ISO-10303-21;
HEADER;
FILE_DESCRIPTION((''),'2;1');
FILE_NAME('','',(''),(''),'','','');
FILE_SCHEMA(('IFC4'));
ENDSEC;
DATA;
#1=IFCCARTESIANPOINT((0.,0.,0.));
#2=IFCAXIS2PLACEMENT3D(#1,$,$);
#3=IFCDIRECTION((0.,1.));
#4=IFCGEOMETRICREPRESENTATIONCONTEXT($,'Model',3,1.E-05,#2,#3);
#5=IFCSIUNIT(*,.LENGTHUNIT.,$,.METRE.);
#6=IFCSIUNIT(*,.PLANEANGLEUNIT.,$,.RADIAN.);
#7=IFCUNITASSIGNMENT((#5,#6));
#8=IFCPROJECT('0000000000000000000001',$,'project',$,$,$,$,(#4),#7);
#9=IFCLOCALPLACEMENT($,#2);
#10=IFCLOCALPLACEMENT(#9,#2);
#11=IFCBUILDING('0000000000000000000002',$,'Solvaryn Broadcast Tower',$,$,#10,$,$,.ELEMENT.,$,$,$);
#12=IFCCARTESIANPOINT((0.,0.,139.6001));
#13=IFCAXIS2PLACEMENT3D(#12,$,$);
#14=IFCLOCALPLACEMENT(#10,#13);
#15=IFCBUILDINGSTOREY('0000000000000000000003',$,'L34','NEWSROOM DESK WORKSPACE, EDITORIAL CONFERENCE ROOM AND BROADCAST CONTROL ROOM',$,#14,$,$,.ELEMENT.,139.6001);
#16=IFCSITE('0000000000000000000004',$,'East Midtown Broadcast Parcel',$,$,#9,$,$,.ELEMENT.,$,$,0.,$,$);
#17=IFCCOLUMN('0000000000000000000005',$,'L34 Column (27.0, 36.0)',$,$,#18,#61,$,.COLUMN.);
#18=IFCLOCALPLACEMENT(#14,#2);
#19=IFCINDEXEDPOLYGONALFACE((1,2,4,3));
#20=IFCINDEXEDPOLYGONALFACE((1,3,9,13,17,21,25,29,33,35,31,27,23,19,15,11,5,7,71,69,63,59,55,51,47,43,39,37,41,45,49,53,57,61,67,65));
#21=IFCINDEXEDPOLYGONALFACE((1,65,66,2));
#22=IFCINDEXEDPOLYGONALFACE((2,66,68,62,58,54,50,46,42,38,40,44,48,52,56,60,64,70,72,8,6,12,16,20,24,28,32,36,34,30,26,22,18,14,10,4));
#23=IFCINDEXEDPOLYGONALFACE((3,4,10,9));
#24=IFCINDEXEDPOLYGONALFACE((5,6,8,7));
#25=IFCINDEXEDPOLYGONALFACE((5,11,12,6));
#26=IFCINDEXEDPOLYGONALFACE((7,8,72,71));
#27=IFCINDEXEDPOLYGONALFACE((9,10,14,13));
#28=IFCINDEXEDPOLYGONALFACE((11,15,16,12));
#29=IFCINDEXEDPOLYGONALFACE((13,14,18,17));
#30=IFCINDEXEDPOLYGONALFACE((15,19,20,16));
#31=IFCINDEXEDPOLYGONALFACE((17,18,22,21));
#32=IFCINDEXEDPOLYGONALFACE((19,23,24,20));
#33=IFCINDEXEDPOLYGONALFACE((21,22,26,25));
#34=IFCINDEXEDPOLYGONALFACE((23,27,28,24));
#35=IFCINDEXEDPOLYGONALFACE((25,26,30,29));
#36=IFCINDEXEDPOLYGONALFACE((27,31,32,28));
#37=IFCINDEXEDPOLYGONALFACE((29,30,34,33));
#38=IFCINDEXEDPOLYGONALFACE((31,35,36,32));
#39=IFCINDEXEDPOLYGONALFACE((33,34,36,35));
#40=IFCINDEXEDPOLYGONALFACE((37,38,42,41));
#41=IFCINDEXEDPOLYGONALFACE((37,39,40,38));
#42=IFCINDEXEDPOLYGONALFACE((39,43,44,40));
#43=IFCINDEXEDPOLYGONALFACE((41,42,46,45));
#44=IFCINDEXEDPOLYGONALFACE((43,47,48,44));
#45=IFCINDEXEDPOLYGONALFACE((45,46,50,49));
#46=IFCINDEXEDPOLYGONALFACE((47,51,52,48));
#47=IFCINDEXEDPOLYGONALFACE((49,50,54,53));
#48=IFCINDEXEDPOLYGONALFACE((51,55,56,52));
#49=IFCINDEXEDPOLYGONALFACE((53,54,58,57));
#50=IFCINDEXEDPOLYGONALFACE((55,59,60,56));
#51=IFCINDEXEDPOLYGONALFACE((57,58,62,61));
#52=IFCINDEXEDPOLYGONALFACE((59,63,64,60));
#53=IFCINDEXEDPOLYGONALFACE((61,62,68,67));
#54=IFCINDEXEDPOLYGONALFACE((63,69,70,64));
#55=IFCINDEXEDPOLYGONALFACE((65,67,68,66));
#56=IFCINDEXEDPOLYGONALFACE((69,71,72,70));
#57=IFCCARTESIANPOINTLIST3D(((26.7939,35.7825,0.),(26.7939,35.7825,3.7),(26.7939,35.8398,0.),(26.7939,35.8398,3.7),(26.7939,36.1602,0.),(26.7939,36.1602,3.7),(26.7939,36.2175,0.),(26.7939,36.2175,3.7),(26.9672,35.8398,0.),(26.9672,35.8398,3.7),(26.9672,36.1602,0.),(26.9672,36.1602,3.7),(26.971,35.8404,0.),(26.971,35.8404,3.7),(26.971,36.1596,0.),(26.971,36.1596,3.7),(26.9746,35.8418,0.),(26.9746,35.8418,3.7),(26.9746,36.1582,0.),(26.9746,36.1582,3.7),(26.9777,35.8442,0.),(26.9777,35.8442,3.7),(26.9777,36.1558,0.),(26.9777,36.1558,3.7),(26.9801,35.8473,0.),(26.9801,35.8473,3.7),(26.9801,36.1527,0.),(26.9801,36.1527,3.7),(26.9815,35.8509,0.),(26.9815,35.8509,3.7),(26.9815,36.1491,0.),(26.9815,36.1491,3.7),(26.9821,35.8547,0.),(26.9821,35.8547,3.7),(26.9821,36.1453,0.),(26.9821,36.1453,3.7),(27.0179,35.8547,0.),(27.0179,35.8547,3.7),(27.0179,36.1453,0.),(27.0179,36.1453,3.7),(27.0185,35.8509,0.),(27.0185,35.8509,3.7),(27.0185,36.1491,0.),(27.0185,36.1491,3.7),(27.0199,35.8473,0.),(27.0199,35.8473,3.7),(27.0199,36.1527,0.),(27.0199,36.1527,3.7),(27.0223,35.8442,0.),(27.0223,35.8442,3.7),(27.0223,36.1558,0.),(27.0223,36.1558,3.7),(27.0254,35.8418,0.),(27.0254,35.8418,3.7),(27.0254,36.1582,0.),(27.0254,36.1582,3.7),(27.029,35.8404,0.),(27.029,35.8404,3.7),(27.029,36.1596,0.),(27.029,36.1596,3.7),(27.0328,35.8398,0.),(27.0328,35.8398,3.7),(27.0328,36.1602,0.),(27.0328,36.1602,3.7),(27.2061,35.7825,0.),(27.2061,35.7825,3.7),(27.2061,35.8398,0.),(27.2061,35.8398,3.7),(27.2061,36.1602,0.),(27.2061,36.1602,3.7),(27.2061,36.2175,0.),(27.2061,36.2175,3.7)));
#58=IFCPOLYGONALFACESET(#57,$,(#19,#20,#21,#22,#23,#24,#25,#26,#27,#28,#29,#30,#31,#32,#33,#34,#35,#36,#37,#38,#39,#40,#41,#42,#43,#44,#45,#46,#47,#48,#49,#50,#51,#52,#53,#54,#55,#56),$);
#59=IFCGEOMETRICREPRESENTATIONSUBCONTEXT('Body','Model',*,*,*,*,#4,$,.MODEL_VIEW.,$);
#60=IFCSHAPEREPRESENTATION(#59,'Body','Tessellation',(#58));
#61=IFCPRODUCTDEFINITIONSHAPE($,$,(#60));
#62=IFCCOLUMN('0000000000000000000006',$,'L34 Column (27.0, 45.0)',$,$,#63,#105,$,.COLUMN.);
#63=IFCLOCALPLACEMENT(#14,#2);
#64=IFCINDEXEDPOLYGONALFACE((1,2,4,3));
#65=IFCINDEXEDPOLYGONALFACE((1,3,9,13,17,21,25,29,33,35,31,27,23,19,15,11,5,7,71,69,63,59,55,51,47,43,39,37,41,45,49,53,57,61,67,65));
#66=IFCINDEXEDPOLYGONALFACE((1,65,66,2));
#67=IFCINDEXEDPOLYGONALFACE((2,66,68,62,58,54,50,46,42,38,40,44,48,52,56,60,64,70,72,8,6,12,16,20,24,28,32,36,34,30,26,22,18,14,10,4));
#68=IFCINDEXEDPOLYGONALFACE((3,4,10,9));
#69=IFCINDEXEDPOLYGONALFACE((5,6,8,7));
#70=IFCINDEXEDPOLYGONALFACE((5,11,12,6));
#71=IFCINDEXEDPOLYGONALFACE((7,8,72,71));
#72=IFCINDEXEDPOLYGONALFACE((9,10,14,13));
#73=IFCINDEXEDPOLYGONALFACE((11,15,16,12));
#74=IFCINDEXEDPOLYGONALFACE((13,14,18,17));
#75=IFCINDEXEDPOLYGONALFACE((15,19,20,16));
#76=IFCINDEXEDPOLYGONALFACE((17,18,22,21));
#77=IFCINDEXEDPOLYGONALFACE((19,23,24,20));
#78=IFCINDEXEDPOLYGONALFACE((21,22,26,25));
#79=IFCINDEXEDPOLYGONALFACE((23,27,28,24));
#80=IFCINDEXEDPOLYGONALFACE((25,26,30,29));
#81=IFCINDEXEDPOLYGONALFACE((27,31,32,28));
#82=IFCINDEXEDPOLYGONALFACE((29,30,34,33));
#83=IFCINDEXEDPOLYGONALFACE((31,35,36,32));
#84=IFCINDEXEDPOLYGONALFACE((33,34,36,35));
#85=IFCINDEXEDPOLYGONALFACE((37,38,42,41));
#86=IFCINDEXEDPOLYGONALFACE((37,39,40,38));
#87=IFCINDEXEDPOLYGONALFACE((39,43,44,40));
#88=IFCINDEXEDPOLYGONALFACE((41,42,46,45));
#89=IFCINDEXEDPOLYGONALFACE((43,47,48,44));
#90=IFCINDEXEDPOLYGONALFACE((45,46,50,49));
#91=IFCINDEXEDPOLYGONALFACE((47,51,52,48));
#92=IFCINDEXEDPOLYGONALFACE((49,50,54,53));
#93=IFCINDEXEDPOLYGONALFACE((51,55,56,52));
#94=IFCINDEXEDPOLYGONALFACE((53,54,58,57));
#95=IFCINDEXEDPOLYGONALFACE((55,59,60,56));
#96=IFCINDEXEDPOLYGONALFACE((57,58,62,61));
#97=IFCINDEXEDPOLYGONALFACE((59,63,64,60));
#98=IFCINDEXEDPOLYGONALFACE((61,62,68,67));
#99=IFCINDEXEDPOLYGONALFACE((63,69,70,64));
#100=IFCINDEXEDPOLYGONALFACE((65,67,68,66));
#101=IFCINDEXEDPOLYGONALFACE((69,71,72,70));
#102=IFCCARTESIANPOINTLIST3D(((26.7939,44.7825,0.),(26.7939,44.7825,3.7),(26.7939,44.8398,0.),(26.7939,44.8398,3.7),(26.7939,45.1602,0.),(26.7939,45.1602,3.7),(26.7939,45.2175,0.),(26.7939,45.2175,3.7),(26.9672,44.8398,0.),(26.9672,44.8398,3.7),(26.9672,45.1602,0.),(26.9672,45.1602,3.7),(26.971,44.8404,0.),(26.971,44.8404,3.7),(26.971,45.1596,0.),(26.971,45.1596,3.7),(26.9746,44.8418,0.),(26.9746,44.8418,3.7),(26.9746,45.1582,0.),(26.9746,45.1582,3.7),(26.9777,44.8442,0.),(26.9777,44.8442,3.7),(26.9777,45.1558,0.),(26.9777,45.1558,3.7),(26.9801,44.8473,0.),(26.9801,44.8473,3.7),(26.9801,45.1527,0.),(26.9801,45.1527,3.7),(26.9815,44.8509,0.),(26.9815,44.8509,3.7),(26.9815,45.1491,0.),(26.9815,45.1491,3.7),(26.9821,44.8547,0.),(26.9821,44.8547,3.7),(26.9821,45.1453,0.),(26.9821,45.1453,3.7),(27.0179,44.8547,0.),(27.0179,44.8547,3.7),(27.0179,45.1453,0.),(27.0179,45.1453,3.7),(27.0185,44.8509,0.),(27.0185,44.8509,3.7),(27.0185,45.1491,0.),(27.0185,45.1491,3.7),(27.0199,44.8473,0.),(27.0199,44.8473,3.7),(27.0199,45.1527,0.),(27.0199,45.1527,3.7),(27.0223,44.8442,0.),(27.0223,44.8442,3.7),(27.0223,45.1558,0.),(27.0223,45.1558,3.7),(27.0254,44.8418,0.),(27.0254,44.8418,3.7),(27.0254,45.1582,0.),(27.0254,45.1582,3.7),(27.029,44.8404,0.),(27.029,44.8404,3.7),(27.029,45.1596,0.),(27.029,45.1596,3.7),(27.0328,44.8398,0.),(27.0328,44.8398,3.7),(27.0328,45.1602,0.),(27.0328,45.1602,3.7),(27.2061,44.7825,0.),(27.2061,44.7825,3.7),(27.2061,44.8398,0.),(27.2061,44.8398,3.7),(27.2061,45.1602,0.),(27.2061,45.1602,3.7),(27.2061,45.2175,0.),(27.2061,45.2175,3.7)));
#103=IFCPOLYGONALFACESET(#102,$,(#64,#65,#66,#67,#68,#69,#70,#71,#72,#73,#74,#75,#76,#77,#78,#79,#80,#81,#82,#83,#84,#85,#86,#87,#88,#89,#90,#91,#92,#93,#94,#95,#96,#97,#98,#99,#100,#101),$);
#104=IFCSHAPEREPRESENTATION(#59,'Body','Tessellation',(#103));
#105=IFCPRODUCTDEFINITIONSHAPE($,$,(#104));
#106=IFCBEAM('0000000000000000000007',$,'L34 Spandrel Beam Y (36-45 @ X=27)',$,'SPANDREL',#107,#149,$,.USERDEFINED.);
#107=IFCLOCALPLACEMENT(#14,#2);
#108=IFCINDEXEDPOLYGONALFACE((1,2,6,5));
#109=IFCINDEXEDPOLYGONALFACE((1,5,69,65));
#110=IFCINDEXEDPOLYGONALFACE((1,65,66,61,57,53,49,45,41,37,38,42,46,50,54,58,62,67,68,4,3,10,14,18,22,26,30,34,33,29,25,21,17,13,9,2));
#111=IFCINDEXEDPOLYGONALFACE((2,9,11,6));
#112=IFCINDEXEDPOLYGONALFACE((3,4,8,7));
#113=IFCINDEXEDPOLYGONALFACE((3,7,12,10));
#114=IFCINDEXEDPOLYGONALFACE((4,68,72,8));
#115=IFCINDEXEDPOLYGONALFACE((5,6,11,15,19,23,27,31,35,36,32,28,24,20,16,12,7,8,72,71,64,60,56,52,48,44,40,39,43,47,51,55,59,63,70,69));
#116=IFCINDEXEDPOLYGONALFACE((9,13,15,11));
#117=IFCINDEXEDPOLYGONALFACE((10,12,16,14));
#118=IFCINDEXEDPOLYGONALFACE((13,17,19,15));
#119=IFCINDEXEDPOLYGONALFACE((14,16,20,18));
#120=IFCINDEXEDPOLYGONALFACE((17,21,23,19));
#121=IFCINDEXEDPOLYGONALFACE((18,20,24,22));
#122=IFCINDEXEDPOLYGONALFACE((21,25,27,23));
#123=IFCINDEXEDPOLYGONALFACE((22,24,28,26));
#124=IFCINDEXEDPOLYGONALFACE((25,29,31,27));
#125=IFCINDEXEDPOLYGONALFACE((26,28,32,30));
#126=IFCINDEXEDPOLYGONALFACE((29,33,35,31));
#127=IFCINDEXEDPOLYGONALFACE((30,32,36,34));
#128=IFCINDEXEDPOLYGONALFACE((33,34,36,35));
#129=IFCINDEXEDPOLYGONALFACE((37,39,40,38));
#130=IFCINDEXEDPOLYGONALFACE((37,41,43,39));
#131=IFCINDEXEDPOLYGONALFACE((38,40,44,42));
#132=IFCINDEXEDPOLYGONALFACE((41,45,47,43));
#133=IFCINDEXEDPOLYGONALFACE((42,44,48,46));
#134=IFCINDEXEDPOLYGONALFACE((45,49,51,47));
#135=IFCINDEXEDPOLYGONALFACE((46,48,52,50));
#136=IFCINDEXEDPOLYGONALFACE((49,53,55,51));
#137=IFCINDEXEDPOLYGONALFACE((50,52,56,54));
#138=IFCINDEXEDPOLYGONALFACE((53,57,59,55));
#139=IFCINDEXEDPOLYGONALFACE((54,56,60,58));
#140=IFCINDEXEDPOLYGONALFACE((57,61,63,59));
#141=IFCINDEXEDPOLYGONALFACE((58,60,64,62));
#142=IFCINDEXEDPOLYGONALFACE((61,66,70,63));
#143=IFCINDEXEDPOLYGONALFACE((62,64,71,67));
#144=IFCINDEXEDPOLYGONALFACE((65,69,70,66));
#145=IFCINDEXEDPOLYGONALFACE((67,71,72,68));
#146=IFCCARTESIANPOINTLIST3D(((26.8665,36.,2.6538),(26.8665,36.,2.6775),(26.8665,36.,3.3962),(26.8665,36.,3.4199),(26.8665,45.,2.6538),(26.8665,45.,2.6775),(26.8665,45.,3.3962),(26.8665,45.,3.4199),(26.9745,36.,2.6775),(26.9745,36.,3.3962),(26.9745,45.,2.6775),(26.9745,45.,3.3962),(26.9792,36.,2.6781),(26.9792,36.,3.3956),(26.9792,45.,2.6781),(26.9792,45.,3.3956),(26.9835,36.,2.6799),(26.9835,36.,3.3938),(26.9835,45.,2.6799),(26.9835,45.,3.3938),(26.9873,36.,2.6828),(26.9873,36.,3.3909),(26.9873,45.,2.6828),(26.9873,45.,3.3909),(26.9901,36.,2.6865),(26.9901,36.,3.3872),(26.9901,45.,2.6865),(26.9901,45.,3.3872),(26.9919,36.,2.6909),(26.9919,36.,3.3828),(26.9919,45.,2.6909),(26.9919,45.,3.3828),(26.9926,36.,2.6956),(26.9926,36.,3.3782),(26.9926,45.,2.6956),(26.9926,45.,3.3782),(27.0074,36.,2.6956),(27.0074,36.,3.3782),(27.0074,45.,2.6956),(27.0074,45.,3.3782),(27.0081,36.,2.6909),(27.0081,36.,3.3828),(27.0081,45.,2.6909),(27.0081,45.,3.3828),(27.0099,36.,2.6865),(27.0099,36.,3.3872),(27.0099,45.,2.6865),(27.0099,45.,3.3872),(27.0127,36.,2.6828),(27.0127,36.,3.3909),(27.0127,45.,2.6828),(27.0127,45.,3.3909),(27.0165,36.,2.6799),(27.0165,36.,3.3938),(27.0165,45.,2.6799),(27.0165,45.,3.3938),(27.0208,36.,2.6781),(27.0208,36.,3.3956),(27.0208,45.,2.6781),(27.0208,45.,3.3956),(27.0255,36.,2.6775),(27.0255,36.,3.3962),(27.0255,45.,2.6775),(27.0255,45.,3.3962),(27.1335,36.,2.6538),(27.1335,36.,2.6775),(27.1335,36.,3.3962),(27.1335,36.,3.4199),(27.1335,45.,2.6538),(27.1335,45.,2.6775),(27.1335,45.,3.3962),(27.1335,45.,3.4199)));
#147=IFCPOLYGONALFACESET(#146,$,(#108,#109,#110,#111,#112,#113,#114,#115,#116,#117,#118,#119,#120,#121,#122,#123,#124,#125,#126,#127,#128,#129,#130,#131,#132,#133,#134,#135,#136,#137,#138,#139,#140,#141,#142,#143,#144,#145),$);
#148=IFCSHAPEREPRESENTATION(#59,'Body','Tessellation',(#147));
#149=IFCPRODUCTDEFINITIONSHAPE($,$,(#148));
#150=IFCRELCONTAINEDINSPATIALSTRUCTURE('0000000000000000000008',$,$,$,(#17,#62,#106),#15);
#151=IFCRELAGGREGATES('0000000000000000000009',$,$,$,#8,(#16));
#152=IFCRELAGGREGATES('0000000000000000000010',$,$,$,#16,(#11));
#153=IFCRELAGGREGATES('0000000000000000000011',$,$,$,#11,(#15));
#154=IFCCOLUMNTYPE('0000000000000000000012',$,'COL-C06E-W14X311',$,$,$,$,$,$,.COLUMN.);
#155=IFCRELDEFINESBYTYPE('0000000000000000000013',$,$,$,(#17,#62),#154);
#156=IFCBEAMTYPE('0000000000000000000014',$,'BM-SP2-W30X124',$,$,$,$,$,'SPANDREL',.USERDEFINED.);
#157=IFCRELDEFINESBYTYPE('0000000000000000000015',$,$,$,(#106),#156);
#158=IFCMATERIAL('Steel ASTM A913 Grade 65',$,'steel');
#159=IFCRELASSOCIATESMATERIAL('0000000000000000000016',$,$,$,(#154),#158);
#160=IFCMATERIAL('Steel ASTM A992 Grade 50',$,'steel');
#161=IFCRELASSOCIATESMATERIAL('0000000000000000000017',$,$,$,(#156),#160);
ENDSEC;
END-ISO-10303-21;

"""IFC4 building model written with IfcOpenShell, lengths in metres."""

from ifc_helpers import new_model, si_unit, direction, frame, origin, origin_2d, place, context, subcontext, project, spatial, i_section, extrude, material, material_profile, profile_set, type_object, element, save


model = new_model("IFC4")

# Units and contexts
model_context = context("Model", 3, precision=1e-05, world=origin(), true_north=direction((0.0, 1.0)))
body_context = subcontext(model_context, "Body", "Model", "MODEL_VIEW")
ifc_project = project(units=[si_unit("LENGTHUNIT", "METRE"), si_unit("PLANEANGLEUNIT", "RADIAN")], contexts=[model_context])

# Site, building, storey
site_placement = place(None, origin())
site = spatial("IfcSite", under=ifc_project, at=site_placement, Name="East Midtown Broadcast Parcel", CompositionType="ELEMENT", RefElevation=0.0)
building_placement = place(site_placement, origin())
building = spatial("IfcBuilding", under=site, at=building_placement, Name="Solvaryn Broadcast Tower", CompositionType="ELEMENT")
storey_placement = place(building_placement, frame((0.0, 0.0, 139.6001)))
storey = spatial("IfcBuildingStorey", under=building, at=storey_placement, Name="L34", Description="NEWSROOM DESK WORKSPACE, EDITORIAL CONFERENCE ROOM AND BROADCAST CONTROL ROOM", CompositionType="ELEMENT", Elevation=139.6001)

# Columns
ifc_material_1 = material(Name="Steel ASTM A913 Grade 65", Category="steel")
ifc_material_profile_1 = material_profile(ifc_material_1, i_section(OverallWidth=0.4121, OverallDepth=0.4351, WebThickness=0.0359, FlangeThickness=0.0574, FilletRadius=0.0149, at=origin_2d()))
ifc_profile_set_1 = profile_set([ifc_material_profile_1], Name="Steel ASTM A913 Grade 65")
column_type = type_object("IfcColumnType", Name="COL-C06E-W14X311", PredefinedType="COLUMN", material=ifc_profile_set_1)
for number, where, z_axis, x_axis, name in (
    (1, (27.0, 36.0, 0.0), (0.0, 0.0, 1.0), (1.0, 0.0, 0.0), "L34 Column (27.0, 36.0)"),
    (2, (27.0, 45.0, 0.0), (0.0, 0.0, 1.0), (1.0, 0.0, 0.0), "L34 Column (27.0, 45.0)"),
):
    element("IfcColumn", number, at=place(storey_placement, frame(where, z_axis=z_axis, x_axis=x_axis)), inside=storey, type_object=column_type, Name=name, PredefinedType="COLUMN", context=body_context, shape_type="SweptSolid", body=[
        extrude(i_section(OverallWidth=0.4121, OverallDepth=0.4351, WebThickness=0.0359, FlangeThickness=0.0574, FilletRadius=0.0149, at=origin_2d()), origin(), (0.0, 0.0, 1.0), 3.7),
    ])

# Beam
ifc_material_2 = material(Name="Steel ASTM A992 Grade 50", Category="steel")
ifc_material_profile_2 = material_profile(ifc_material_2, i_section(OverallWidth=0.2671, OverallDepth=0.7661, WebThickness=0.0149, FlangeThickness=0.0237, FilletRadius=0.0181, at=origin_2d()))
ifc_profile_set_2 = profile_set([ifc_material_profile_2], Name="Steel ASTM A992 Grade 50")
beam_type = type_object("IfcBeamType", Name="BM-SP2-W30X124", ElementType="SPANDREL", PredefinedType="USERDEFINED", material=ifc_profile_set_2)
beam_placement = place(storey_placement, frame((27.0, 36.0, 3.0369), z_axis=(0.0, 1.0, 0.0), x_axis=(-1.0, 0.0, 0.0)))
element("IfcBeam", 3, at=beam_placement, inside=storey, type_object=beam_type, Name="L34 Spandrel Beam Y (36-45 @ X=27)", ObjectType="SPANDREL", PredefinedType="USERDEFINED", context=body_context, shape_type="SweptSolid", body=[
    extrude(i_section(OverallWidth=0.2671, OverallDepth=0.7661, WebThickness=0.0149, FlangeThickness=0.0237, FilletRadius=0.0181, at=origin_2d()), origin(), (0.0, 0.0, 1.0), 9.0),
])

save(model, "model.ifc")
